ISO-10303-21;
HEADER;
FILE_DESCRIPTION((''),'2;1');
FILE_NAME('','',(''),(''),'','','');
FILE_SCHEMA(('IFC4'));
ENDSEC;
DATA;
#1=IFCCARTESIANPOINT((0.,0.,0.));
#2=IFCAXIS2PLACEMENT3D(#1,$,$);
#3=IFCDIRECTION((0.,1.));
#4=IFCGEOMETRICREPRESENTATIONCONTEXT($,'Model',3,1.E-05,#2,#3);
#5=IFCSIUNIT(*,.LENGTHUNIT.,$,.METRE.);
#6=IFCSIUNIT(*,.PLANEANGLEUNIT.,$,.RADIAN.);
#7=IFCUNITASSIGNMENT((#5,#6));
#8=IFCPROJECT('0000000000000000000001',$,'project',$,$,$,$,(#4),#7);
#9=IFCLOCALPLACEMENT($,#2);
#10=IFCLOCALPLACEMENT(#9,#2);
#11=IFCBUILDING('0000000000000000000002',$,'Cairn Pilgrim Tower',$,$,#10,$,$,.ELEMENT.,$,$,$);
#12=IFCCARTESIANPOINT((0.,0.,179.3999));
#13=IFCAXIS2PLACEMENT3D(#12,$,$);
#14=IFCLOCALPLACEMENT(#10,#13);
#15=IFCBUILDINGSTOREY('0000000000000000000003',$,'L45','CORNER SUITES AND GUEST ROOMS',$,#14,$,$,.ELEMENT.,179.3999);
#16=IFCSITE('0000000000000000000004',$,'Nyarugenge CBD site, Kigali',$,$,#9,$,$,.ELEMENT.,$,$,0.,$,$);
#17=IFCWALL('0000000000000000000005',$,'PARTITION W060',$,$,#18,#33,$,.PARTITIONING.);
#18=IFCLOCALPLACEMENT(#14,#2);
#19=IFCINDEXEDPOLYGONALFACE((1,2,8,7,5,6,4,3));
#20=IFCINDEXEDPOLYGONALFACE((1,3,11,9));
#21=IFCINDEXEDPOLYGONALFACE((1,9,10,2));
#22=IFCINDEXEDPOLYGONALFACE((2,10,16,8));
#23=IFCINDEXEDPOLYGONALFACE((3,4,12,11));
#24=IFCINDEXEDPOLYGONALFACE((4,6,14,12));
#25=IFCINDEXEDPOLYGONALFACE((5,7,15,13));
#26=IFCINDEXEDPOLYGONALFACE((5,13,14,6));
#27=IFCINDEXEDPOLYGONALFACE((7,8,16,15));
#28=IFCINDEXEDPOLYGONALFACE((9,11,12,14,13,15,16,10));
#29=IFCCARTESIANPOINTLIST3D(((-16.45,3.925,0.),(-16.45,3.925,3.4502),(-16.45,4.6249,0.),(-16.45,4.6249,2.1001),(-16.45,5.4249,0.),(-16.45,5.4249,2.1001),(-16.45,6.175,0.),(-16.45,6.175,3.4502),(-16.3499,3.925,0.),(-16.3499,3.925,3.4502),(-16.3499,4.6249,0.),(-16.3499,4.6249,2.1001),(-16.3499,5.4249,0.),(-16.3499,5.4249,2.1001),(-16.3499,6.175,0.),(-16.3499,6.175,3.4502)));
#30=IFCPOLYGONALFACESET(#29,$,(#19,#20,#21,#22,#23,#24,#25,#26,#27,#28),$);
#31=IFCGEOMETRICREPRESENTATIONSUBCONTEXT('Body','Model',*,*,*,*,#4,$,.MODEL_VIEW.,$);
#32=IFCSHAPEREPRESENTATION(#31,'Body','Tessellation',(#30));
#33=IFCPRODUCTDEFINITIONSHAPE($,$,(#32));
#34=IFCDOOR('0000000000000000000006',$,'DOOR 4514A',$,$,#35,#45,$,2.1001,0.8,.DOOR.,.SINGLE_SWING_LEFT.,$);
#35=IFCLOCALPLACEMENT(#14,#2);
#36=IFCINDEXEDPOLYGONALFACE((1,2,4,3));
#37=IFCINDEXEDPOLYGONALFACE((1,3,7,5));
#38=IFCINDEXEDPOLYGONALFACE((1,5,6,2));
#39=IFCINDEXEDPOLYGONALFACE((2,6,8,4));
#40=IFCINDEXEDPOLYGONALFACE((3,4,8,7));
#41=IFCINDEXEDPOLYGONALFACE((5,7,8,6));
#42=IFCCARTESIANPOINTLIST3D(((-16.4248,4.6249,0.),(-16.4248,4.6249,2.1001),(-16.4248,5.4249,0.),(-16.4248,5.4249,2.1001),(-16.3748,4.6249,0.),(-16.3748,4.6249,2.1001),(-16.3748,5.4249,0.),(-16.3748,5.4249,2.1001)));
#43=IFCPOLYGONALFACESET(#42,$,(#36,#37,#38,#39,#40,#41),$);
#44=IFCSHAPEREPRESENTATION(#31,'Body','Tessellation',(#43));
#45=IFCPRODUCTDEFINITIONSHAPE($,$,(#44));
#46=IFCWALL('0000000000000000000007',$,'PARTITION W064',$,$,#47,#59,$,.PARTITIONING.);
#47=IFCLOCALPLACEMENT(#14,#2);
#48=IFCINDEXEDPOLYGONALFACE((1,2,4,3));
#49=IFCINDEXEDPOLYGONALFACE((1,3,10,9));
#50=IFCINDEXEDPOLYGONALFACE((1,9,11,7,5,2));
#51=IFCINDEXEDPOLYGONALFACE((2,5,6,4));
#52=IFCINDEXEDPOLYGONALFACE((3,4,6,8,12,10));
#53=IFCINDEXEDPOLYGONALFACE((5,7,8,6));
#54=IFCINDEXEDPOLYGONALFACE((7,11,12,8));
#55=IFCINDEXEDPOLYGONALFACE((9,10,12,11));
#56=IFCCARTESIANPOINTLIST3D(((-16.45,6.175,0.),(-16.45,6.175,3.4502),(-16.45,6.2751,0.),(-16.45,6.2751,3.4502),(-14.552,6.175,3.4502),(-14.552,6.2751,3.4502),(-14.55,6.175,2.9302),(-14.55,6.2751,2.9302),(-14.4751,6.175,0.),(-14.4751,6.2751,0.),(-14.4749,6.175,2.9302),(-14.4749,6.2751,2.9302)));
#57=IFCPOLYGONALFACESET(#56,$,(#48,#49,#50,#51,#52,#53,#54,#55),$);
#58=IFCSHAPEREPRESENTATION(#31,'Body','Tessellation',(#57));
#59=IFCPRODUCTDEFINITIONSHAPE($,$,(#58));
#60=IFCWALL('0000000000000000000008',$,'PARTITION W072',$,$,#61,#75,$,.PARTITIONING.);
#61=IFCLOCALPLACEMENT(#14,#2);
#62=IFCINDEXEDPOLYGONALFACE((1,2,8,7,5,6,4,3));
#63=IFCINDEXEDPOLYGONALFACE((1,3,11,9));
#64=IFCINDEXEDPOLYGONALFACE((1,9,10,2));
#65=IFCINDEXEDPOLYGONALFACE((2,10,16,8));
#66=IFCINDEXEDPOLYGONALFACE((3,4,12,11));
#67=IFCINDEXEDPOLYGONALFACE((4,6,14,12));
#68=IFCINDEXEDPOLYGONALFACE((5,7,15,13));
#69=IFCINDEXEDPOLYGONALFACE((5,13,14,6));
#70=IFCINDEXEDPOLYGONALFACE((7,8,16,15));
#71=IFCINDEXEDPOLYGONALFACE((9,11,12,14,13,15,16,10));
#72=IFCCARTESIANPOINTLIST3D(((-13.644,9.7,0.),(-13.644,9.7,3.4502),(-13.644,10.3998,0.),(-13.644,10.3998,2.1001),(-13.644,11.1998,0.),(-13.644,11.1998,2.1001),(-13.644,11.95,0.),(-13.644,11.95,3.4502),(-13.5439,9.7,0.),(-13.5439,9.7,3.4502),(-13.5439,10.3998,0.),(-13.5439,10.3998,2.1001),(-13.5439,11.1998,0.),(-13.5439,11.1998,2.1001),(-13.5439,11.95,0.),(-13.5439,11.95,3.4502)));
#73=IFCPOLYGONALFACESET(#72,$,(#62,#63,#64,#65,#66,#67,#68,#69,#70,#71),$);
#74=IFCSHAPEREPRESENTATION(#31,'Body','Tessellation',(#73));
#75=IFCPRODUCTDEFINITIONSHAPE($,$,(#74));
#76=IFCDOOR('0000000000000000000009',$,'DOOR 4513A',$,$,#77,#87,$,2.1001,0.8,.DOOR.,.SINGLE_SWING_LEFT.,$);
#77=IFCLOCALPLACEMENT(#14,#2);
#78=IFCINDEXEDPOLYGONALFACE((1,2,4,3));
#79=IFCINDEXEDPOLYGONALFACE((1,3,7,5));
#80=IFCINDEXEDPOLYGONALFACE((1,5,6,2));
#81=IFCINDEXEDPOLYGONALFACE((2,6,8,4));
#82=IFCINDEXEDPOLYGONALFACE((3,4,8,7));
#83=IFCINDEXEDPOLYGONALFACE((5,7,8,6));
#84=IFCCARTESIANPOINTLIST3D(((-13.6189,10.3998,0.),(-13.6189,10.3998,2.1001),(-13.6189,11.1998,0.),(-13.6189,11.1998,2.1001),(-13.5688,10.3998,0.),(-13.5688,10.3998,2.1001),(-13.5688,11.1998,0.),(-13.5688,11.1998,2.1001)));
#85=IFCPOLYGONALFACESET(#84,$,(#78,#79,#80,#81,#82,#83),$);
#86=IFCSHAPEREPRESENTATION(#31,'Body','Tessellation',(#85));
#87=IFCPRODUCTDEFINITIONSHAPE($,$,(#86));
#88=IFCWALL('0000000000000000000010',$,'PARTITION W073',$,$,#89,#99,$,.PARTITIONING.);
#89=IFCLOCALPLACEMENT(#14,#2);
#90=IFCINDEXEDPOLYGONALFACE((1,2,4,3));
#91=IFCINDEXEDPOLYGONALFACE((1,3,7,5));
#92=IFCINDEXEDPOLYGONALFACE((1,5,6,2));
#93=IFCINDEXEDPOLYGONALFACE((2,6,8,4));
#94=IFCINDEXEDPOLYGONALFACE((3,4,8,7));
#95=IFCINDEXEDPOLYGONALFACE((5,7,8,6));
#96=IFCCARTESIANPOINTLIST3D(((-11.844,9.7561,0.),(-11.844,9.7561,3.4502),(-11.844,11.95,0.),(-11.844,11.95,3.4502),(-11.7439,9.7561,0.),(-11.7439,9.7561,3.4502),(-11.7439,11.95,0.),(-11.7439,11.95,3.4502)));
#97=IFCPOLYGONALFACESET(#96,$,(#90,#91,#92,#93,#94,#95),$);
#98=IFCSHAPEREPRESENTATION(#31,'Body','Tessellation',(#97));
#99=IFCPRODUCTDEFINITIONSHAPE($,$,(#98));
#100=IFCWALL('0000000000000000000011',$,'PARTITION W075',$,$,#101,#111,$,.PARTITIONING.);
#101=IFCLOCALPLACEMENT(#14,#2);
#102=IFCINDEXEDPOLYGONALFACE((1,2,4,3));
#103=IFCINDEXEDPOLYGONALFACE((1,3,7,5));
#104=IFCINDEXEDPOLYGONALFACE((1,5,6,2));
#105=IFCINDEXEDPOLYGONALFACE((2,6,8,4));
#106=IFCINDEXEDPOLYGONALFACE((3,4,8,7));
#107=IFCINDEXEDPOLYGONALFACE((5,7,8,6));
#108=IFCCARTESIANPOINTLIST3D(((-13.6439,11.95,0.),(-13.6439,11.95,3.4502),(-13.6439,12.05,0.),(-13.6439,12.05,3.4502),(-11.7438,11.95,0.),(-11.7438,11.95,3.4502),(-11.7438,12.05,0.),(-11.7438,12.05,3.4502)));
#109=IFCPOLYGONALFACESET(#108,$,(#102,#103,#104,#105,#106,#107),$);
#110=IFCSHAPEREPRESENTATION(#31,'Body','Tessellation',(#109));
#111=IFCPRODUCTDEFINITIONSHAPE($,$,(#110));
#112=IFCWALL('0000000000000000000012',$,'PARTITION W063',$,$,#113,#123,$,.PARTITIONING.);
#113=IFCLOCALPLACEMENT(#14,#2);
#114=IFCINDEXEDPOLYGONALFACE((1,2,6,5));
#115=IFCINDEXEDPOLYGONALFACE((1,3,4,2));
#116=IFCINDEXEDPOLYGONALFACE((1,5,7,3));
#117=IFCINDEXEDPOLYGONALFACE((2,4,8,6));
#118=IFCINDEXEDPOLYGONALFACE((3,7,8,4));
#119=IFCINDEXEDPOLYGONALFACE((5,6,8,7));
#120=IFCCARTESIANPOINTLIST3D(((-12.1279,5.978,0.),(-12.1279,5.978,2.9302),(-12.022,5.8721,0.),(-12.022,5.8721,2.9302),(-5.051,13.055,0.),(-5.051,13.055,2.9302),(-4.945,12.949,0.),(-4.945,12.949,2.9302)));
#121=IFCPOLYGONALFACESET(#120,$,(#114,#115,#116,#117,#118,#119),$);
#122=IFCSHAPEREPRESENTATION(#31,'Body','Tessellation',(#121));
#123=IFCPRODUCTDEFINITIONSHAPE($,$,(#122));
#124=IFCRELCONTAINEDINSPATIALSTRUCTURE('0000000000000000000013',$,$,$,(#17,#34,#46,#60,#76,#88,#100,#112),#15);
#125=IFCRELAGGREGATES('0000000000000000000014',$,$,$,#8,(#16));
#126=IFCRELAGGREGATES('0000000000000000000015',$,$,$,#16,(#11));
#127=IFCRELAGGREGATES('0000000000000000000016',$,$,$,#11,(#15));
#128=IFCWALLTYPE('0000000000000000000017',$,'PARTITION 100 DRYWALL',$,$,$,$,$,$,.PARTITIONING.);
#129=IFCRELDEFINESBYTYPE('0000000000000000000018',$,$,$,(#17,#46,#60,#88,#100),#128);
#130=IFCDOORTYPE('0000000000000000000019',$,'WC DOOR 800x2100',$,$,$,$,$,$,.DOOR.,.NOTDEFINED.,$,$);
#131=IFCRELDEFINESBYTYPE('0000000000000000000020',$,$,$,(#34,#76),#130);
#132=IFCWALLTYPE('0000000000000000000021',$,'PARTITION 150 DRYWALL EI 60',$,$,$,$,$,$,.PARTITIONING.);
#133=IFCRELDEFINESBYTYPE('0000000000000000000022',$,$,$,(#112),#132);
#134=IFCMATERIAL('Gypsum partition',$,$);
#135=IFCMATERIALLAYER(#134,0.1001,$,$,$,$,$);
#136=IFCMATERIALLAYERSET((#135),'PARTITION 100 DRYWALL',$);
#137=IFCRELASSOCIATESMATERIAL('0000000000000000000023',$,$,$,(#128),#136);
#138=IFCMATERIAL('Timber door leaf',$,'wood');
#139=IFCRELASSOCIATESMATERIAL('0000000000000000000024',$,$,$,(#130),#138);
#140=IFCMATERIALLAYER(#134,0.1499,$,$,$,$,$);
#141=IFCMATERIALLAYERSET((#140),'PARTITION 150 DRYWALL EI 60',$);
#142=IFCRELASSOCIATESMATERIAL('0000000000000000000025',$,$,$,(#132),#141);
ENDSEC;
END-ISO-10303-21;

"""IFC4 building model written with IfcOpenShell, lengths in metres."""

from ifc_helpers import new_model, si_unit, direction, frame, frame_2d, origin, place, context, subcontext, project, spatial, polyline, rectangle, outline, extrude, material, layer, layer_set, type_object, element, fill, save


model = new_model("IFC4")

# Units and contexts
model_context = context("Model", 3, precision=1e-05, world=origin(), true_north=direction((0.0, 1.0)))
body_context = subcontext(model_context, "Body", "Model", "MODEL_VIEW")
ifc_project = project(units=[si_unit("LENGTHUNIT", "METRE"), si_unit("PLANEANGLEUNIT", "RADIAN")], contexts=[model_context])

# Site, building, storey
site_placement = place(None, origin())
site = spatial("IfcSite", under=ifc_project, at=site_placement, Name="Nyarugenge CBD site, Kigali", CompositionType="ELEMENT", RefElevation=0.0)
building_placement = place(site_placement, origin())
building = spatial("IfcBuilding", under=site, at=building_placement, Name="Cairn Pilgrim Tower", CompositionType="ELEMENT")
storey_placement = place(building_placement, frame((0.0, 0.0, 179.3999)))
storey = spatial("IfcBuildingStorey", under=building, at=storey_placement, Name="L45", Description="CORNER SUITES AND GUEST ROOMS", CompositionType="ELEMENT", Elevation=179.3999)

# Wall, opening, door
ifc_material_1 = material(Name="Gypsum partition")
ifc_layer_1 = layer(ifc_material_1, 0.1001)
ifc_layer_set_1 = layer_set([ifc_layer_1], Name="PARTITION 100 DRYWALL")
wall_type_1 = type_object("IfcWallType", Name="PARTITION 100 DRYWALL", PredefinedType="PARTITIONING", material=ifc_layer_set_1)
wall_1_placement = place(storey_placement, frame((-16.3999, 3.925, 0.0), z_axis=(0.0, 0.0, 1.0), x_axis=(0.0, 1.0, 0.0)))
wall_1 = element("IfcWall", 1, at=wall_1_placement, inside=storey, type_object=wall_type_1, Name="PARTITION W060", PredefinedType="PARTITIONING", context=body_context, shape_type="SweptSolid", body=[
    extrude(rectangle(XDim=2.25, YDim=0.1001, at=frame_2d((1.125, 0.0))), origin(), (0.0, 0.0, 1.0), 3.4502),
])
opening_1_placement = place(wall_1_placement, frame((0.7, 0.0, 0.0)))
opening_1 = element("IfcOpeningElement", 2, at=opening_1_placement, cuts=wall_1, PredefinedType="OPENING", context=body_context, shape_type="SweptSolid", body=[
    extrude(rectangle(XDim=0.8, YDim=2.1001, at=frame_2d((0.3999, 1.05))), frame((0.0, 0.0601, 0.0), z_axis=(0.0, -1.0, 0.0), x_axis=(1.0, 0.0, 0.0)), (0.0, 0.0, 1.0), 0.1201),
])
ifc_material_2 = material(Name="Timber door leaf", Category="wood")
door_type_1 = type_object("IfcDoorType", Name="WC DOOR 800x2100", OperationType="NOTDEFINED", PredefinedType="DOOR", material=ifc_material_2)
door_1_placement = place(opening_1_placement, origin())
door_1 = element("IfcDoor", 3, at=door_1_placement, inside=storey, type_object=door_type_1, Name="DOOR 4514A", OperationType="SINGLE_SWING_LEFT", OverallHeight=2.1001, OverallWidth=0.8, PredefinedType="DOOR", context=body_context, shape_type="SweptSolid", body=[
    extrude(rectangle(XDim=0.8, YDim=2.1001, at=frame_2d((0.3999, 1.05))), frame((0.0, 0.0249, 0.0), z_axis=(0.0, -1.0, 0.0), x_axis=(1.0, 0.0, 0.0)), (0.0, 0.0, 1.0), 0.05),
])
fill(opening_1, door_1)

# Wall
wall_2_placement = place(storey_placement, frame((-16.45, 6.2251, 0.0), z_axis=(0.0, 0.0, 1.0), x_axis=(1.0, 0.0, 0.0)))
element("IfcWall", 4, at=wall_2_placement, inside=storey, type_object=wall_type_1, Name="PARTITION W064", PredefinedType="PARTITIONING", context=body_context, shape_type="SweptSolid", body=[
    extrude(outline(polyline([(0.0, 0.0), (1.9749, 0.0), (1.9751, 2.9302), (1.8999, 2.9302), (1.8979, 3.4502), (0.0, 3.4502), (0.0, 0.0)])), frame((0.0, 0.05, 0.0), z_axis=(0.0, -1.0, 0.0), x_axis=(1.0, 0.0, 0.0)), (0.0, 0.0, 1.0), 0.1001),
])

# Wall, opening, door
wall_3_placement = place(storey_placement, frame((-13.594, 9.7, 0.0), z_axis=(0.0, 0.0, 1.0), x_axis=(0.0, 1.0, 0.0)))
wall_3 = element("IfcWall", 5, at=wall_3_placement, inside=storey, type_object=wall_type_1, Name="PARTITION W072", PredefinedType="PARTITIONING", context=body_context, shape_type="SweptSolid", body=[
    extrude(rectangle(XDim=2.25, YDim=0.1001, at=frame_2d((1.125, 0.0))), origin(), (0.0, 0.0, 1.0), 3.4502),
])
opening_2_placement = place(wall_3_placement, frame((0.7, 0.0, 0.0)))
opening_2 = element("IfcOpeningElement", 6, at=opening_2_placement, cuts=wall_3, PredefinedType="OPENING", context=body_context, shape_type="SweptSolid", body=[
    extrude(rectangle(XDim=0.8, YDim=2.1001, at=frame_2d((0.3999, 1.05))), frame((0.0, 0.0601, 0.0), z_axis=(0.0, -1.0, 0.0), x_axis=(1.0, 0.0, 0.0)), (0.0, 0.0, 1.0), 0.1201),
])
door_2_placement = place(opening_2_placement, origin())
door_2 = element("IfcDoor", 7, at=door_2_placement, inside=storey, type_object=door_type_1, Name="DOOR 4513A", OperationType="SINGLE_SWING_LEFT", OverallHeight=2.1001, OverallWidth=0.8, PredefinedType="DOOR", context=body_context, shape_type="SweptSolid", body=[
    extrude(rectangle(XDim=0.8, YDim=2.1001, at=frame_2d((0.3999, 1.05))), frame((0.0, 0.0249, 0.0), z_axis=(0.0, -1.0, 0.0), x_axis=(1.0, 0.0, 0.0)), (0.0, 0.0, 1.0), 0.05),
])
fill(opening_2, door_2)

# Walls
wall_4_placement = place(storey_placement, frame((-11.7939, 9.7561, 0.0), z_axis=(0.0, 0.0, 1.0), x_axis=(0.0, 1.0, 0.0)))
element("IfcWall", 8, at=wall_4_placement, inside=storey, type_object=wall_type_1, Name="PARTITION W073", PredefinedType="PARTITIONING", context=body_context, shape_type="SweptSolid", body=[
    extrude(rectangle(XDim=2.1938, YDim=0.1001, at=frame_2d((1.0969, 0.0))), origin(), (0.0, 0.0, 1.0), 3.4502),
])
wall_5_placement = place(storey_placement, frame((-13.644, 12.0, 0.0), z_axis=(0.0, 0.0, 1.0), x_axis=(1.0, 0.0, 0.0)))
element("IfcWall", 9, at=wall_5_placement, inside=storey, type_object=wall_type_1, Name="PARTITION W075", PredefinedType="PARTITIONING", context=body_context, shape_type="SweptSolid", body=[
    extrude(rectangle(XDim=1.9001, YDim=0.1001, at=frame_2d((0.9502, 0.0))), origin(), (0.0, 0.0, 1.0), 3.4502),
])
ifc_layer_2 = layer(ifc_material_1, 0.1499)
ifc_layer_set_2 = layer_set([ifc_layer_2], Name="PARTITION 150 DRYWALL EI 60")
wall_type_2 = type_object("IfcWallType", Name="PARTITION 150 DRYWALL EI 60", PredefinedType="PARTITIONING", material=ifc_layer_set_2)
wall_6_placement = place(storey_placement, frame((-12.075, 5.925, 0.0), z_axis=(0.0, 0.0, 1.0), x_axis=(0.707107, 0.707107, 0.0)))
element("IfcWall", 10, at=wall_6_placement, inside=storey, type_object=wall_type_2, Name="PARTITION W063", PredefinedType="PARTITIONING", context=body_context, shape_type="SweptSolid", body=[
    extrude(rectangle(XDim=10.0083, YDim=0.1499, at=frame_2d((5.0042, 0.0))), origin(), (0.0, 0.0, 1.0), 2.9302),
])

save(model, "model.ifc")
